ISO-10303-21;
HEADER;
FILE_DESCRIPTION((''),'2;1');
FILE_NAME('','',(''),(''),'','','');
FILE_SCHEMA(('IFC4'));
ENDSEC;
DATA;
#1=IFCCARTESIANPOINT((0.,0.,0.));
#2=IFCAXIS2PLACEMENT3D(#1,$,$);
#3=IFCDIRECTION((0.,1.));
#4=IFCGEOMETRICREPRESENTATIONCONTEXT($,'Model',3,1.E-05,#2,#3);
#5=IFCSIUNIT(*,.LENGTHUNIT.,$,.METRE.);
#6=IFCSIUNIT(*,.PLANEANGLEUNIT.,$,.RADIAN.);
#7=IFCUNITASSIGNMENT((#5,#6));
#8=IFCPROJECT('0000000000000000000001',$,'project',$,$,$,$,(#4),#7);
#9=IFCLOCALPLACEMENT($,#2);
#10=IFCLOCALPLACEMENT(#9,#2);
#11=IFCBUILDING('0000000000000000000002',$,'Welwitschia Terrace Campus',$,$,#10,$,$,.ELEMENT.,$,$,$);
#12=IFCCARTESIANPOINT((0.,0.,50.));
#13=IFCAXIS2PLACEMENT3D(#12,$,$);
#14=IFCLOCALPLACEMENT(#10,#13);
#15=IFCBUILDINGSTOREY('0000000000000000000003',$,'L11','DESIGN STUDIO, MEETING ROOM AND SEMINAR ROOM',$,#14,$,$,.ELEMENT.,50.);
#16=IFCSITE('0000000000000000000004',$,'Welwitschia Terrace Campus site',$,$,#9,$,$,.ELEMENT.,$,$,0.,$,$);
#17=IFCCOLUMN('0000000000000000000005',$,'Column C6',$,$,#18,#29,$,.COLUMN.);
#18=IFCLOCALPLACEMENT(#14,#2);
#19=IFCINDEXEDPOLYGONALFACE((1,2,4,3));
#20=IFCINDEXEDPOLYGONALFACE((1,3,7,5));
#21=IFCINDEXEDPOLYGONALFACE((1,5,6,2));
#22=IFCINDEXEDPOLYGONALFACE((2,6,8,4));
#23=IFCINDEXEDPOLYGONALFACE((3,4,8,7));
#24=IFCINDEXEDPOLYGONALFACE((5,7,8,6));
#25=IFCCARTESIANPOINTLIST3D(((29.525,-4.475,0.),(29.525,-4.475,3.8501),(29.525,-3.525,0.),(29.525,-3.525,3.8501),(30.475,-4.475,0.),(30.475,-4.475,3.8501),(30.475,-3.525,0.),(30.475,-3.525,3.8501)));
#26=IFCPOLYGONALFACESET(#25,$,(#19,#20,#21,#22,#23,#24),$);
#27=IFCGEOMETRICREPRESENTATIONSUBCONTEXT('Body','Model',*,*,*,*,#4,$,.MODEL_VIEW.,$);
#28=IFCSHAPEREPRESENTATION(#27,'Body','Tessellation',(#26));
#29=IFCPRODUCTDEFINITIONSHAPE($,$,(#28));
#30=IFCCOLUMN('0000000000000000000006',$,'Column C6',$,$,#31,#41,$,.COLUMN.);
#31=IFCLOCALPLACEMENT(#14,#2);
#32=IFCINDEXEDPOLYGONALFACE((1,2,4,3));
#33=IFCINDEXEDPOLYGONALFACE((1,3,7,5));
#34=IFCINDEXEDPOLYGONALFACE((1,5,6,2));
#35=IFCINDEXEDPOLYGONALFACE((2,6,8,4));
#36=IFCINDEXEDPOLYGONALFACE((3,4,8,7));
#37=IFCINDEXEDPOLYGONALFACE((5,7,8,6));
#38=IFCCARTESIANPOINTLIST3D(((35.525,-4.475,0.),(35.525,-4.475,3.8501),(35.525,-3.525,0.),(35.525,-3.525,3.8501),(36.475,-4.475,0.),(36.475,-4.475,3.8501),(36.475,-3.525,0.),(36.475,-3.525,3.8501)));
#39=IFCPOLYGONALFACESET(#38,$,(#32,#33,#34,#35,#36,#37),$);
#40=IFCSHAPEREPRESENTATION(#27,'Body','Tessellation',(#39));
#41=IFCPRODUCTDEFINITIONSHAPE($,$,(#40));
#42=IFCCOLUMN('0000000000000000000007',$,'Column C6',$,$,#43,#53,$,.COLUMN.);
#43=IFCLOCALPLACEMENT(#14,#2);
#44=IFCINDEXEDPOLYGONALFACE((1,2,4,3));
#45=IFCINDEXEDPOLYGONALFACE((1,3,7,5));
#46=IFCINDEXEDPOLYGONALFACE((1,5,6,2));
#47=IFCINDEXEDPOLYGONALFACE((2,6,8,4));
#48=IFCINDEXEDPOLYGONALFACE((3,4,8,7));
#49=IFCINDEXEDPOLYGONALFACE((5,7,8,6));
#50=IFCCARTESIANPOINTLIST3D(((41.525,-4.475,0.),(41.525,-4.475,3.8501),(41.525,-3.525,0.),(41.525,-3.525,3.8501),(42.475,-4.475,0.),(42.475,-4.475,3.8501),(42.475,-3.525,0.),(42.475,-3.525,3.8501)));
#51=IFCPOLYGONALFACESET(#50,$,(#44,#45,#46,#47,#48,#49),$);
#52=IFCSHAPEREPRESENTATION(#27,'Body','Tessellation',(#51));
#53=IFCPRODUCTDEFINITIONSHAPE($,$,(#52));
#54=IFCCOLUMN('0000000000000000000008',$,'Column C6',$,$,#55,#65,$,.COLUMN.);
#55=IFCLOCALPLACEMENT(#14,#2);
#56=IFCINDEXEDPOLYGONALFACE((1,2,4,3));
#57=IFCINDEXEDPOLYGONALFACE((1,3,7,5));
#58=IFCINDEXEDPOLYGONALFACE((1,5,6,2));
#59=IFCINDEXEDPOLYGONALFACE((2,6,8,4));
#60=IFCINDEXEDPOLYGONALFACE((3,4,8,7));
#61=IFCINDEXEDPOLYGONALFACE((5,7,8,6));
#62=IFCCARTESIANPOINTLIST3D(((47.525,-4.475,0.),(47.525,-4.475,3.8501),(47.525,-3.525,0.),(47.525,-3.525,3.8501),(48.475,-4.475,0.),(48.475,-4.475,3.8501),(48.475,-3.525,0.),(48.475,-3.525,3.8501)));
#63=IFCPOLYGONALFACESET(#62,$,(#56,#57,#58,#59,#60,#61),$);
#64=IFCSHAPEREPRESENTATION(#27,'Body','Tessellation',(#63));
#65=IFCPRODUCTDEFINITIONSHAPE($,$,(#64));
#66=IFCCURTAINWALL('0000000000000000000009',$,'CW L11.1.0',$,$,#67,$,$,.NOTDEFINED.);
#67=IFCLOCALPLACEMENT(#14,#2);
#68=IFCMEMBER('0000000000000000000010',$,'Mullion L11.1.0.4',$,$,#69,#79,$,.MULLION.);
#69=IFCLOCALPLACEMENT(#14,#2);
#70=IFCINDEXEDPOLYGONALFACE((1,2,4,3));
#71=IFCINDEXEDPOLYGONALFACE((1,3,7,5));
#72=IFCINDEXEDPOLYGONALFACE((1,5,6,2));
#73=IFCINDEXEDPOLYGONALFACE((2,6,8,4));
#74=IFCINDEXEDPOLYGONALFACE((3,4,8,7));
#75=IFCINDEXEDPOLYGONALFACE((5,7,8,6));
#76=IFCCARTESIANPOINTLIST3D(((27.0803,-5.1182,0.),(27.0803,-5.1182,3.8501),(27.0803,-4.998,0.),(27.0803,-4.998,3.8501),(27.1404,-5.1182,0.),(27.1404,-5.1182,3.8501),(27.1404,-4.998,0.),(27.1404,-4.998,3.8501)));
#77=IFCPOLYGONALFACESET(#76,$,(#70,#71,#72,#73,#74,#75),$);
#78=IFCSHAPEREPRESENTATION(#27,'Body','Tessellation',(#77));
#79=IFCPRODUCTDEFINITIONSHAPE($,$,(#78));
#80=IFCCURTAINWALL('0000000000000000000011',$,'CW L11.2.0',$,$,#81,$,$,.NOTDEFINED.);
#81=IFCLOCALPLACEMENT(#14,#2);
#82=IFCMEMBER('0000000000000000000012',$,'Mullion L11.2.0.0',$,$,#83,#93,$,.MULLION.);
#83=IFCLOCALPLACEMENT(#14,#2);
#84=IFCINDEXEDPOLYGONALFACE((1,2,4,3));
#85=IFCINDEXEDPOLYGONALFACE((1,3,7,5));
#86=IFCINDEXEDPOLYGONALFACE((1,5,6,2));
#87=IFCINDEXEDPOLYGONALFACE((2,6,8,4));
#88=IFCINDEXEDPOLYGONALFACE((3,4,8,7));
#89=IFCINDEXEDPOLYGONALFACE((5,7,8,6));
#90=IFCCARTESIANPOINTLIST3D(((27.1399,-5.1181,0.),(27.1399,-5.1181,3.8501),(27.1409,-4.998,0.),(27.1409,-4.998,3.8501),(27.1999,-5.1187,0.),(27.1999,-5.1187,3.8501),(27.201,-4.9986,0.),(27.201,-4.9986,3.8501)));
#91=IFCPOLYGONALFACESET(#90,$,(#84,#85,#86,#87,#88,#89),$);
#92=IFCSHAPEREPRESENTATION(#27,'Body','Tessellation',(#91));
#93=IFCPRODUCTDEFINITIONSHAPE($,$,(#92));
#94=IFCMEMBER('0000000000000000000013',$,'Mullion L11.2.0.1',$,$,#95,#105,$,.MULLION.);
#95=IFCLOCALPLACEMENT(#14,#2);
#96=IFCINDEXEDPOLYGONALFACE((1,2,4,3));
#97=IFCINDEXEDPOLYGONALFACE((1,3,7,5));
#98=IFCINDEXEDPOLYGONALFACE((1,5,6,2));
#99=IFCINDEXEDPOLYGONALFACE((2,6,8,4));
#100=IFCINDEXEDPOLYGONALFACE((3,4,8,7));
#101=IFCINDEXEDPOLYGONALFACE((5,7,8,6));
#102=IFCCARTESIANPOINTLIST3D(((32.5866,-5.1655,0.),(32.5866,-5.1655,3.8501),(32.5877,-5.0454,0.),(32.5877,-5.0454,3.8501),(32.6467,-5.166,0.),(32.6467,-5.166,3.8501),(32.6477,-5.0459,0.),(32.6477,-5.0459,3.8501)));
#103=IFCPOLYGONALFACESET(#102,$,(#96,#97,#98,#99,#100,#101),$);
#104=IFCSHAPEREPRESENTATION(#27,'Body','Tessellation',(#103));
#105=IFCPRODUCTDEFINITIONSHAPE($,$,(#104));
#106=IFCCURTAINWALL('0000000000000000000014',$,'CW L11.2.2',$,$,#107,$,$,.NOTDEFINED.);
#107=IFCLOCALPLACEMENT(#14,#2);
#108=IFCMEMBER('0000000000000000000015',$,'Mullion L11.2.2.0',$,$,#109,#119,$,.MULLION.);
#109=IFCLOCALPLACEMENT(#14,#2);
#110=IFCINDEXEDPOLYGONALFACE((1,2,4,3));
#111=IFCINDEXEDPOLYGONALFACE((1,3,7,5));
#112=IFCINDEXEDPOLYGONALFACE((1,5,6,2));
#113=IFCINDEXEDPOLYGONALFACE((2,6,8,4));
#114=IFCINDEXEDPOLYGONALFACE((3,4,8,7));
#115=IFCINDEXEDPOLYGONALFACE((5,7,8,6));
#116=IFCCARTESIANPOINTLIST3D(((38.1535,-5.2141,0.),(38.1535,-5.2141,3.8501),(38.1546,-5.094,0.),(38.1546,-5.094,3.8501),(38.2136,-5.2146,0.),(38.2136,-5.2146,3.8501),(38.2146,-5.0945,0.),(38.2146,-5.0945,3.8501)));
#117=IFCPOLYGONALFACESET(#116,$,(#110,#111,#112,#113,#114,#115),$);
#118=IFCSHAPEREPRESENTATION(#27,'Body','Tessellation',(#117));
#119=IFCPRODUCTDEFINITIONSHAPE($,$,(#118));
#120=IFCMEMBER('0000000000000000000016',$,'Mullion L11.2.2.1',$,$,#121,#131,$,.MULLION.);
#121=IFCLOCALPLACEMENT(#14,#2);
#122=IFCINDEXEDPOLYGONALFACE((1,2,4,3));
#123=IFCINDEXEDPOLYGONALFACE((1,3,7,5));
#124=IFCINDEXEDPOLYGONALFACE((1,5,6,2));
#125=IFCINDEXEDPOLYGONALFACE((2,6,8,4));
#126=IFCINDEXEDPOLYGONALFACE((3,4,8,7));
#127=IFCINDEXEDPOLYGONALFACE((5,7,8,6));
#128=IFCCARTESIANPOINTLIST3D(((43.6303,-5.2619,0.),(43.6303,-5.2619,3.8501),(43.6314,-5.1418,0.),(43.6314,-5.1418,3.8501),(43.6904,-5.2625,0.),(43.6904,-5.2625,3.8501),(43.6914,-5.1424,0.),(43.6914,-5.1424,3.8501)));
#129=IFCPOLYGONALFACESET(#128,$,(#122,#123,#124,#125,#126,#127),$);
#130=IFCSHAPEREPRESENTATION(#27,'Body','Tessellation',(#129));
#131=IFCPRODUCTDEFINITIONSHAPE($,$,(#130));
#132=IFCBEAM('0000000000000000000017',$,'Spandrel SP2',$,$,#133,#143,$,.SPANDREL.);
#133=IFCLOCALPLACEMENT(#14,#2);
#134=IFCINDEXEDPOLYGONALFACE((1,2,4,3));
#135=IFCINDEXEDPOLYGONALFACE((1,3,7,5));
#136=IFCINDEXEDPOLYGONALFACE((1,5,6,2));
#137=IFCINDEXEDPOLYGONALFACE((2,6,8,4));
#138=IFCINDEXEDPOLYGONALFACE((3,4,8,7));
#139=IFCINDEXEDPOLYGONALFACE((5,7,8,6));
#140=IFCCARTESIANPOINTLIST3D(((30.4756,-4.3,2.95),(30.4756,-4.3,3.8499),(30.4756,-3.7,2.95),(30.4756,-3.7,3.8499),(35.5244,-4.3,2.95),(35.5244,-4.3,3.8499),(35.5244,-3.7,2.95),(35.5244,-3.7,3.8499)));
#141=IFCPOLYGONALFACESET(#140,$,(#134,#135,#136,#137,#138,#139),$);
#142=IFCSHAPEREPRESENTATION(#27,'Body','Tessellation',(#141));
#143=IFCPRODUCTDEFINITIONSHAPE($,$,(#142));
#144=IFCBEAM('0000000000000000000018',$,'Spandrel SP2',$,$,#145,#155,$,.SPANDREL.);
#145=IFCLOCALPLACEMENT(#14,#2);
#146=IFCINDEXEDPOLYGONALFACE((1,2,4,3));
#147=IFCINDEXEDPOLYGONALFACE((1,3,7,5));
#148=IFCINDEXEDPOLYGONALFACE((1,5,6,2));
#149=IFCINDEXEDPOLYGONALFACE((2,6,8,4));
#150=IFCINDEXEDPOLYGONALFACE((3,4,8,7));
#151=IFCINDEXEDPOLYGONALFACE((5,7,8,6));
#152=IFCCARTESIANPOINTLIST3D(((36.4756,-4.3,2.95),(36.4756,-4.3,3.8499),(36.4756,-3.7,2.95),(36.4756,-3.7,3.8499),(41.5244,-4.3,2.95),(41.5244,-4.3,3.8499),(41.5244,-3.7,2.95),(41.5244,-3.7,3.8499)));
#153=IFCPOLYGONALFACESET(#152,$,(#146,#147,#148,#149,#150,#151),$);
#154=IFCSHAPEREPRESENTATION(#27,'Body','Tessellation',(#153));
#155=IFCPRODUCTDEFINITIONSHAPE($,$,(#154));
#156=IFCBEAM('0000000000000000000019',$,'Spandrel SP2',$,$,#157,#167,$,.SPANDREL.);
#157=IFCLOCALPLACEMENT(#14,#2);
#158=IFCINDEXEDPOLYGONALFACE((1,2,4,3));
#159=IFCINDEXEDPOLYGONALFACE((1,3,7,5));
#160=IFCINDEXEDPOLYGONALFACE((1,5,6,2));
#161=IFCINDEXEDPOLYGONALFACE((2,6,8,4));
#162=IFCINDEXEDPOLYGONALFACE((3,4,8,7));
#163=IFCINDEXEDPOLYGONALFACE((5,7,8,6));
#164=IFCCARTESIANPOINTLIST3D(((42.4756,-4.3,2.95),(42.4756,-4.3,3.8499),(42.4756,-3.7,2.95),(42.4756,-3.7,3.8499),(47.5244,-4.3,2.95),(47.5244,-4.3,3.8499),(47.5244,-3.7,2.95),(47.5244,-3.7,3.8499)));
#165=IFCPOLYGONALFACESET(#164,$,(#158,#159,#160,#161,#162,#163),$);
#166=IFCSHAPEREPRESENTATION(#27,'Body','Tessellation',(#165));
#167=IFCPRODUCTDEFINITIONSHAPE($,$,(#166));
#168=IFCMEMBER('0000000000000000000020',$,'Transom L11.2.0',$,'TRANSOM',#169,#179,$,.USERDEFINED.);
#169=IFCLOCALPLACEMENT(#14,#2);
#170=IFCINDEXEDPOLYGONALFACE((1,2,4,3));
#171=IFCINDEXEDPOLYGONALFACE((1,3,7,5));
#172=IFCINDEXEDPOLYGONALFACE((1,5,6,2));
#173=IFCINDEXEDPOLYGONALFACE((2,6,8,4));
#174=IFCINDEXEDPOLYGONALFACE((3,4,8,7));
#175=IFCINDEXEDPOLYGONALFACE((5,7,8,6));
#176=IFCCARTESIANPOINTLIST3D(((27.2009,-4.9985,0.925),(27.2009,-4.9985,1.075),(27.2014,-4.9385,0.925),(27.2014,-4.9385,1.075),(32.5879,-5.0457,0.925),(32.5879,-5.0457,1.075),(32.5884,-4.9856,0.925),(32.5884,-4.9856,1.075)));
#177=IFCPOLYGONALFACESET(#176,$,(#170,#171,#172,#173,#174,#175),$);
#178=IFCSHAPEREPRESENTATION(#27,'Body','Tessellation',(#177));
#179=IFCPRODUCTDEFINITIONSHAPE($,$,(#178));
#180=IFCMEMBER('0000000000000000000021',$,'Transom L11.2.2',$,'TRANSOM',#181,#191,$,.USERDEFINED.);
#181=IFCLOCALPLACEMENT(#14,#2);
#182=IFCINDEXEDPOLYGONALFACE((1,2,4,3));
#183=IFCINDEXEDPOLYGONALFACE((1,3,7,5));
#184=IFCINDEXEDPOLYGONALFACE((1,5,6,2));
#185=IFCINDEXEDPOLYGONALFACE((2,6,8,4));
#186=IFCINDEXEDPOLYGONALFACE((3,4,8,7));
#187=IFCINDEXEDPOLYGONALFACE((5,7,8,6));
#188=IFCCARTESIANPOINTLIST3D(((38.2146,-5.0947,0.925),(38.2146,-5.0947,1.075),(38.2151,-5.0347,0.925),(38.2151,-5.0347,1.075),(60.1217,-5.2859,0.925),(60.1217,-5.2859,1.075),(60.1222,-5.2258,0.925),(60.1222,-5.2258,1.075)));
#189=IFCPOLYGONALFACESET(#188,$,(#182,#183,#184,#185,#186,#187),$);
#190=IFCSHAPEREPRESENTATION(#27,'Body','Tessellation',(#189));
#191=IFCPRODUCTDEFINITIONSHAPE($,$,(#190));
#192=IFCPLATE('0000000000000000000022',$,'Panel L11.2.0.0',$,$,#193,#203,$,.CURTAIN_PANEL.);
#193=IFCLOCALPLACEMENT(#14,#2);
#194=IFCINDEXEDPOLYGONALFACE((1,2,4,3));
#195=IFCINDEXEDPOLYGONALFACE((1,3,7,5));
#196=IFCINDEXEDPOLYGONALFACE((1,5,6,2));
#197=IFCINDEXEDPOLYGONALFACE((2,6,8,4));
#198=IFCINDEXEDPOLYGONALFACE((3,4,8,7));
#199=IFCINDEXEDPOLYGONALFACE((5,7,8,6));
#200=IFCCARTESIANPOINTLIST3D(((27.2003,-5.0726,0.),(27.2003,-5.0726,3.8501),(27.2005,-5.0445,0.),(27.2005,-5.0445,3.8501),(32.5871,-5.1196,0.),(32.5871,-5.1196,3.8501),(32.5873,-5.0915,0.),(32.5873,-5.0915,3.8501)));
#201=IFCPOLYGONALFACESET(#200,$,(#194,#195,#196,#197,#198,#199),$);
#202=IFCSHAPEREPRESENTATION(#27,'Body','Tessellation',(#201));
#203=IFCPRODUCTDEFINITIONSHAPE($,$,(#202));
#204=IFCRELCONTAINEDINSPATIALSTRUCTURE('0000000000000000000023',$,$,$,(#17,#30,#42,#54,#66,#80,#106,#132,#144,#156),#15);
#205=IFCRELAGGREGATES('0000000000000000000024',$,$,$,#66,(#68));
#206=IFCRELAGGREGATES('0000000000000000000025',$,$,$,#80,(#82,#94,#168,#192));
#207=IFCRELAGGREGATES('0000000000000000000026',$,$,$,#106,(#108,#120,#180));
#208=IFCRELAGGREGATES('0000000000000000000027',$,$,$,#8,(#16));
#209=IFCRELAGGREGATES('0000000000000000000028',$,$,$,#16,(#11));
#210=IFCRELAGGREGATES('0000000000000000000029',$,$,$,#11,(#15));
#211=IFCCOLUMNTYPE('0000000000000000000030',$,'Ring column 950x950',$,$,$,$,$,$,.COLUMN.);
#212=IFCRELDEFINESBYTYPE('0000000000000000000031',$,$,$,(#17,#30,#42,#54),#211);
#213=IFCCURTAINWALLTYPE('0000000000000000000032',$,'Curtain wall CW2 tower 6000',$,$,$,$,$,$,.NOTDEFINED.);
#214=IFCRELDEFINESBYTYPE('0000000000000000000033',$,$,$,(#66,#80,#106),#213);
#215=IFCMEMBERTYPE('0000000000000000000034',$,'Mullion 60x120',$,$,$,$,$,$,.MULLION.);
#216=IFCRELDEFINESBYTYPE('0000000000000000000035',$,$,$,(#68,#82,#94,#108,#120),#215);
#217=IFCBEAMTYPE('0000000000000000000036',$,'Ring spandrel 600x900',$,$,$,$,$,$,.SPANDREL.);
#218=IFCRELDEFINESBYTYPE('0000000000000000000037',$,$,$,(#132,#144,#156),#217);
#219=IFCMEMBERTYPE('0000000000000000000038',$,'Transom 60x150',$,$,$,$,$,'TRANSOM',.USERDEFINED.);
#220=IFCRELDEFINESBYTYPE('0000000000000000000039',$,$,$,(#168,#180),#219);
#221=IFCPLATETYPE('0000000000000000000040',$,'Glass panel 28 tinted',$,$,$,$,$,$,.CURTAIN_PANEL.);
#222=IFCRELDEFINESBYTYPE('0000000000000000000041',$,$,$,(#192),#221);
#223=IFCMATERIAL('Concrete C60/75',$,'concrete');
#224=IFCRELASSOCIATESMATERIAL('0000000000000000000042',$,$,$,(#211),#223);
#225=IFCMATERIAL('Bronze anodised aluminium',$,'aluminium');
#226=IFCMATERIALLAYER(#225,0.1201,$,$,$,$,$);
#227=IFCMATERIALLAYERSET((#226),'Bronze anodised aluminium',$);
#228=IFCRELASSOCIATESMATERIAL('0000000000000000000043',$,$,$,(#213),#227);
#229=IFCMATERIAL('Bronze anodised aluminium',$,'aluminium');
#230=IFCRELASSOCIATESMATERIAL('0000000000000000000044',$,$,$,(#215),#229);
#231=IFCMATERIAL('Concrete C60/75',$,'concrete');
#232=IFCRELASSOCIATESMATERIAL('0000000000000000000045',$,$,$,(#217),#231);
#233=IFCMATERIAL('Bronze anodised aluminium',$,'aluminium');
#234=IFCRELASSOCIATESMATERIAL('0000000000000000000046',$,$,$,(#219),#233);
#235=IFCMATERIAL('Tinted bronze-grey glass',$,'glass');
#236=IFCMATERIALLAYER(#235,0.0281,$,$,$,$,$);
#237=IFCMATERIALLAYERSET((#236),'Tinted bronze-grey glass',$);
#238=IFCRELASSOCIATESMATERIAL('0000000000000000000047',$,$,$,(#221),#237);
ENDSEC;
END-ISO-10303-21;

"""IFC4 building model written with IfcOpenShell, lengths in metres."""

from ifc_helpers import new_model, si_unit, direction, frame, origin, origin_2d, place, context, subcontext, project, spatial, rectangle, extrude, material, layer, layer_set, material_profile, profile_set, type_object, element, aggregate, save


model = new_model("IFC4")

# Units and contexts
model_context = context("Model", 3, precision=1e-05, world=origin(), true_north=direction((0.0, 1.0)))
body_context = subcontext(model_context, "Body", "Model", "MODEL_VIEW")
ifc_project = project(units=[si_unit("LENGTHUNIT", "METRE"), si_unit("PLANEANGLEUNIT", "RADIAN")], contexts=[model_context])

# Site, building, storey
site_placement = place(None, origin())
site = spatial("IfcSite", under=ifc_project, at=site_placement, Name="Welwitschia Terrace Campus site", CompositionType="ELEMENT", RefElevation=0.0)
building_placement = place(site_placement, origin())
building = spatial("IfcBuilding", under=site, at=building_placement, Name="Welwitschia Terrace Campus", CompositionType="ELEMENT")
storey_placement = place(building_placement, frame((0.0, 0.0, 50.0)))
storey = spatial("IfcBuildingStorey", under=building, at=storey_placement, Name="L11", Description="DESIGN STUDIO, MEETING ROOM AND SEMINAR ROOM", CompositionType="ELEMENT", Elevation=50.0)

# Columns
ifc_material_1 = material(Name="Concrete C60/75", Category="concrete")
ifc_material_profile_1 = material_profile(ifc_material_1, rectangle(XDim=0.95, YDim=0.95, at=origin_2d()))
ifc_profile_set_1 = profile_set([ifc_material_profile_1], Name="Concrete C60/75")
column_type = type_object("IfcColumnType", Name="Ring column 950x950", PredefinedType="COLUMN", material=ifc_profile_set_1)
for number, where, z_axis, x_axis, name in (
    (1, (30.0, -4.0, 0.0), (0.0, 0.0, 1.0), (1.0, 0.0, 0.0), "Column C6"),
    (2, (36.0, -4.0, 0.0), (0.0, 0.0, 1.0), (1.0, 0.0, 0.0), "Column C6"),
    (3, (42.0, -4.0, 0.0), (0.0, 0.0, 1.0), (1.0, 0.0, 0.0), "Column C6"),
    (4, (48.0, -4.0, 0.0), (0.0, 0.0, 1.0), (1.0, 0.0, 0.0), "Column C6"),
):
    element("IfcColumn", number, at=place(storey_placement, frame(where, z_axis=z_axis, x_axis=x_axis)), inside=storey, type_object=column_type, Name=name, PredefinedType="COLUMN", context=body_context, shape_type="SweptSolid", body=[
        extrude(rectangle(XDim=0.95, YDim=0.95, at=origin_2d()), origin(), (0.0, 0.0, 1.0), 3.8501),
    ])

# Curtain wall, member
ifc_material_2 = material(Name="Bronze anodised aluminium", Category="aluminium")
ifc_layer_1 = layer(ifc_material_2, 0.1201)
ifc_layer_set_1 = layer_set([ifc_layer_1], Name="Bronze anodised aluminium")
curtain_wall_type = type_object("IfcCurtainWallType", Name="Curtain wall CW2 tower 6000", PredefinedType="NOTDEFINED", material=ifc_layer_set_1)
curtain_wall_1_placement = place(storey_placement, origin())
curtain_wall_1 = element("IfcCurtainWall", 5, at=curtain_wall_1_placement, inside=storey, type_object=curtain_wall_type, Name="CW L11.1.0", PredefinedType="NOTDEFINED")
ifc_material_3 = material(Name="Bronze anodised aluminium", Category="aluminium")
ifc_material_profile_2 = material_profile(ifc_material_3, rectangle(XDim=0.1201, YDim=0.0601, at=origin_2d()))
ifc_profile_set_2 = profile_set([ifc_material_profile_2], Name="Bronze anodised aluminium")
member_type_1 = type_object("IfcMemberType", Name="Mullion 60x120", PredefinedType="MULLION", material=ifc_profile_set_2)
member_1_placement = place(storey_placement, frame((27.1104, -5.0581, 0.0), z_axis=(0.0, 0.0, 1.0), x_axis=(0.0, 1.0, 0.0)))
member_1 = element("IfcMember", 6, at=member_1_placement, type_object=member_type_1, Name="Mullion L11.1.0.4", PredefinedType="MULLION", context=body_context, shape_type="SweptSolid", body=[
    extrude(rectangle(XDim=0.1201, YDim=0.0601, at=origin_2d()), origin(), (0.0, 0.0, 1.0), 3.8501),
])
aggregate(curtain_wall_1, [member_1])

# Curtain walls, members
curtain_wall_2_placement = place(storey_placement, origin())
curtain_wall_2 = element("IfcCurtainWall", 7, at=curtain_wall_2_placement, inside=storey, type_object=curtain_wall_type, Name="CW L11.2.0", PredefinedType="NOTDEFINED")
member_2_placement = place(storey_placement, frame((27.1704, -5.0583, 0.0), z_axis=(0.0, 0.0, 1.0), x_axis=(0.008727, 0.999962, 0.0)))
member_2 = element("IfcMember", 8, at=member_2_placement, type_object=member_type_1, Name="Mullion L11.2.0.0", PredefinedType="MULLION", context=body_context, shape_type="SweptSolid", body=[
    extrude(rectangle(XDim=0.1201, YDim=0.0601, at=origin_2d()), origin(), (0.0, 0.0, 1.0), 3.8501),
])
member_3_placement = place(storey_placement, frame((32.6172, -5.1057, 0.0), z_axis=(0.0, 0.0, 1.0), x_axis=(0.008727, 0.999962, 0.0)))
member_3 = element("IfcMember", 9, at=member_3_placement, type_object=member_type_1, Name="Mullion L11.2.0.1", PredefinedType="MULLION", context=body_context, shape_type="SweptSolid", body=[
    extrude(rectangle(XDim=0.1201, YDim=0.0601, at=origin_2d()), origin(), (0.0, 0.0, 1.0), 3.8501),
])
curtain_wall_3_placement = place(storey_placement, origin())
curtain_wall_3 = element("IfcCurtainWall", 10, at=curtain_wall_3_placement, inside=storey, type_object=curtain_wall_type, Name="CW L11.2.2", PredefinedType="NOTDEFINED")
member_4_placement = place(storey_placement, frame((38.1841, -5.1543, 0.0), z_axis=(0.0, 0.0, 1.0), x_axis=(0.008727, 0.999962, 0.0)))
member_4 = element("IfcMember", 11, at=member_4_placement, type_object=member_type_1, Name="Mullion L11.2.2.0", PredefinedType="MULLION", context=body_context, shape_type="SweptSolid", body=[
    extrude(rectangle(XDim=0.1201, YDim=0.0601, at=origin_2d()), origin(), (0.0, 0.0, 1.0), 3.8501),
])
member_5_placement = place(storey_placement, frame((43.6609, -5.2021, 0.0), z_axis=(0.0, 0.0, 1.0), x_axis=(0.008727, 0.999962, 0.0)))
member_5 = element("IfcMember", 12, at=member_5_placement, type_object=member_type_1, Name="Mullion L11.2.2.1", PredefinedType="MULLION", context=body_context, shape_type="SweptSolid", body=[
    extrude(rectangle(XDim=0.1201, YDim=0.0601, at=origin_2d()), origin(), (0.0, 0.0, 1.0), 3.8501),
])

# Beams
ifc_material_4 = material(Name="Concrete C60/75", Category="concrete")
ifc_material_profile_3 = material_profile(ifc_material_4, rectangle(XDim=0.6001, YDim=0.8999, at=origin_2d()))
ifc_profile_set_3 = profile_set([ifc_material_profile_3], Name="Concrete C60/75")
beam_type = type_object("IfcBeamType", Name="Ring spandrel 600x900", PredefinedType="SPANDREL", material=ifc_profile_set_3)
for number, where, z_axis, x_axis, name in (
    (13, (30.4756, -4.0, 3.3999), (1.0, 0.0, 0.0), (0.0, 1.0, 0.0), "Spandrel SP2"),
    (14, (36.4756, -4.0, 3.3999), (1.0, 0.0, 0.0), (0.0, 1.0, 0.0), "Spandrel SP2"),
    (15, (42.4756, -4.0, 3.3999), (1.0, 0.0, 0.0), (0.0, 1.0, 0.0), "Spandrel SP2"),
):
    element("IfcBeam", number, at=place(storey_placement, frame(where, z_axis=z_axis, x_axis=x_axis)), inside=storey, type_object=beam_type, Name=name, PredefinedType="SPANDREL", context=body_context, shape_type="SweptSolid", body=[
        extrude(rectangle(XDim=0.6001, YDim=0.8999, at=origin_2d()), origin(), (0.0, 0.0, 1.0), 5.0488),
    ])

# Members
ifc_material_5 = material(Name="Bronze anodised aluminium", Category="aluminium")
ifc_material_profile_4 = material_profile(ifc_material_5, rectangle(XDim=0.0601, YDim=0.1499, at=origin_2d()))
ifc_profile_set_4 = profile_set([ifc_material_profile_4], Name="Bronze anodised aluminium")
member_type_2 = type_object("IfcMemberType", Name="Transom 60x150", ElementType="TRANSOM", PredefinedType="USERDEFINED", material=ifc_profile_set_4)
member_6_placement = place(storey_placement, frame((27.2012, -4.9685, 1.0), z_axis=(0.999962, -0.008747, 0.0), x_axis=(0.008747, 0.999962, 0.0)))
member_6 = element("IfcMember", 16, at=member_6_placement, type_object=member_type_2, Name="Transom L11.2.0", ObjectType="TRANSOM", PredefinedType="USERDEFINED", context=body_context, shape_type="SweptSolid", body=[
    extrude(rectangle(XDim=0.0601, YDim=0.1499, at=origin_2d()), origin(), (0.0, 0.0, 1.0), 5.3872),
])
member_7_placement = place(storey_placement, frame((38.2148, -5.0647, 1.0), z_axis=(0.999962, -0.008726, 0.0), x_axis=(0.008726, 0.999962, 0.0)))
member_7 = element("IfcMember", 17, at=member_7_placement, type_object=member_type_2, Name="Transom L11.2.2", ObjectType="TRANSOM", PredefinedType="USERDEFINED", context=body_context, shape_type="SweptSolid", body=[
    extrude(rectangle(XDim=0.0601, YDim=0.1499, at=origin_2d()), origin(), (0.0, 0.0, 1.0), 21.908),
])

# Plate
ifc_material_6 = material(Name="Tinted bronze-grey glass", Category="glass")
ifc_layer_2 = layer(ifc_material_6, 0.0281)
ifc_layer_set_2 = layer_set([ifc_layer_2], Name="Tinted bronze-grey glass")
plate_type = type_object("IfcPlateType", Name="Glass panel 28 tinted", PredefinedType="CURTAIN_PANEL", material=ifc_layer_set_2)
plate_1_placement = place(storey_placement, frame((29.8938, -5.082, 0.0), z_axis=(0.0, 0.0, 1.0), x_axis=(0.999962, -0.008727, 0.0)))
plate_1 = element("IfcPlate", 18, at=plate_1_placement, type_object=plate_type, Name="Panel L11.2.0.0", PredefinedType="CURTAIN_PANEL", context=body_context, shape_type="SweptSolid", body=[
    extrude(rectangle(XDim=5.387, YDim=0.0281, at=origin_2d()), origin(), (0.0, 0.0, 1.0), 3.8501),
])
aggregate(curtain_wall_2, [member_2, member_3, member_6, plate_1])
aggregate(curtain_wall_3, [member_4, member_5, member_7])

save(model, "model.ifc")
